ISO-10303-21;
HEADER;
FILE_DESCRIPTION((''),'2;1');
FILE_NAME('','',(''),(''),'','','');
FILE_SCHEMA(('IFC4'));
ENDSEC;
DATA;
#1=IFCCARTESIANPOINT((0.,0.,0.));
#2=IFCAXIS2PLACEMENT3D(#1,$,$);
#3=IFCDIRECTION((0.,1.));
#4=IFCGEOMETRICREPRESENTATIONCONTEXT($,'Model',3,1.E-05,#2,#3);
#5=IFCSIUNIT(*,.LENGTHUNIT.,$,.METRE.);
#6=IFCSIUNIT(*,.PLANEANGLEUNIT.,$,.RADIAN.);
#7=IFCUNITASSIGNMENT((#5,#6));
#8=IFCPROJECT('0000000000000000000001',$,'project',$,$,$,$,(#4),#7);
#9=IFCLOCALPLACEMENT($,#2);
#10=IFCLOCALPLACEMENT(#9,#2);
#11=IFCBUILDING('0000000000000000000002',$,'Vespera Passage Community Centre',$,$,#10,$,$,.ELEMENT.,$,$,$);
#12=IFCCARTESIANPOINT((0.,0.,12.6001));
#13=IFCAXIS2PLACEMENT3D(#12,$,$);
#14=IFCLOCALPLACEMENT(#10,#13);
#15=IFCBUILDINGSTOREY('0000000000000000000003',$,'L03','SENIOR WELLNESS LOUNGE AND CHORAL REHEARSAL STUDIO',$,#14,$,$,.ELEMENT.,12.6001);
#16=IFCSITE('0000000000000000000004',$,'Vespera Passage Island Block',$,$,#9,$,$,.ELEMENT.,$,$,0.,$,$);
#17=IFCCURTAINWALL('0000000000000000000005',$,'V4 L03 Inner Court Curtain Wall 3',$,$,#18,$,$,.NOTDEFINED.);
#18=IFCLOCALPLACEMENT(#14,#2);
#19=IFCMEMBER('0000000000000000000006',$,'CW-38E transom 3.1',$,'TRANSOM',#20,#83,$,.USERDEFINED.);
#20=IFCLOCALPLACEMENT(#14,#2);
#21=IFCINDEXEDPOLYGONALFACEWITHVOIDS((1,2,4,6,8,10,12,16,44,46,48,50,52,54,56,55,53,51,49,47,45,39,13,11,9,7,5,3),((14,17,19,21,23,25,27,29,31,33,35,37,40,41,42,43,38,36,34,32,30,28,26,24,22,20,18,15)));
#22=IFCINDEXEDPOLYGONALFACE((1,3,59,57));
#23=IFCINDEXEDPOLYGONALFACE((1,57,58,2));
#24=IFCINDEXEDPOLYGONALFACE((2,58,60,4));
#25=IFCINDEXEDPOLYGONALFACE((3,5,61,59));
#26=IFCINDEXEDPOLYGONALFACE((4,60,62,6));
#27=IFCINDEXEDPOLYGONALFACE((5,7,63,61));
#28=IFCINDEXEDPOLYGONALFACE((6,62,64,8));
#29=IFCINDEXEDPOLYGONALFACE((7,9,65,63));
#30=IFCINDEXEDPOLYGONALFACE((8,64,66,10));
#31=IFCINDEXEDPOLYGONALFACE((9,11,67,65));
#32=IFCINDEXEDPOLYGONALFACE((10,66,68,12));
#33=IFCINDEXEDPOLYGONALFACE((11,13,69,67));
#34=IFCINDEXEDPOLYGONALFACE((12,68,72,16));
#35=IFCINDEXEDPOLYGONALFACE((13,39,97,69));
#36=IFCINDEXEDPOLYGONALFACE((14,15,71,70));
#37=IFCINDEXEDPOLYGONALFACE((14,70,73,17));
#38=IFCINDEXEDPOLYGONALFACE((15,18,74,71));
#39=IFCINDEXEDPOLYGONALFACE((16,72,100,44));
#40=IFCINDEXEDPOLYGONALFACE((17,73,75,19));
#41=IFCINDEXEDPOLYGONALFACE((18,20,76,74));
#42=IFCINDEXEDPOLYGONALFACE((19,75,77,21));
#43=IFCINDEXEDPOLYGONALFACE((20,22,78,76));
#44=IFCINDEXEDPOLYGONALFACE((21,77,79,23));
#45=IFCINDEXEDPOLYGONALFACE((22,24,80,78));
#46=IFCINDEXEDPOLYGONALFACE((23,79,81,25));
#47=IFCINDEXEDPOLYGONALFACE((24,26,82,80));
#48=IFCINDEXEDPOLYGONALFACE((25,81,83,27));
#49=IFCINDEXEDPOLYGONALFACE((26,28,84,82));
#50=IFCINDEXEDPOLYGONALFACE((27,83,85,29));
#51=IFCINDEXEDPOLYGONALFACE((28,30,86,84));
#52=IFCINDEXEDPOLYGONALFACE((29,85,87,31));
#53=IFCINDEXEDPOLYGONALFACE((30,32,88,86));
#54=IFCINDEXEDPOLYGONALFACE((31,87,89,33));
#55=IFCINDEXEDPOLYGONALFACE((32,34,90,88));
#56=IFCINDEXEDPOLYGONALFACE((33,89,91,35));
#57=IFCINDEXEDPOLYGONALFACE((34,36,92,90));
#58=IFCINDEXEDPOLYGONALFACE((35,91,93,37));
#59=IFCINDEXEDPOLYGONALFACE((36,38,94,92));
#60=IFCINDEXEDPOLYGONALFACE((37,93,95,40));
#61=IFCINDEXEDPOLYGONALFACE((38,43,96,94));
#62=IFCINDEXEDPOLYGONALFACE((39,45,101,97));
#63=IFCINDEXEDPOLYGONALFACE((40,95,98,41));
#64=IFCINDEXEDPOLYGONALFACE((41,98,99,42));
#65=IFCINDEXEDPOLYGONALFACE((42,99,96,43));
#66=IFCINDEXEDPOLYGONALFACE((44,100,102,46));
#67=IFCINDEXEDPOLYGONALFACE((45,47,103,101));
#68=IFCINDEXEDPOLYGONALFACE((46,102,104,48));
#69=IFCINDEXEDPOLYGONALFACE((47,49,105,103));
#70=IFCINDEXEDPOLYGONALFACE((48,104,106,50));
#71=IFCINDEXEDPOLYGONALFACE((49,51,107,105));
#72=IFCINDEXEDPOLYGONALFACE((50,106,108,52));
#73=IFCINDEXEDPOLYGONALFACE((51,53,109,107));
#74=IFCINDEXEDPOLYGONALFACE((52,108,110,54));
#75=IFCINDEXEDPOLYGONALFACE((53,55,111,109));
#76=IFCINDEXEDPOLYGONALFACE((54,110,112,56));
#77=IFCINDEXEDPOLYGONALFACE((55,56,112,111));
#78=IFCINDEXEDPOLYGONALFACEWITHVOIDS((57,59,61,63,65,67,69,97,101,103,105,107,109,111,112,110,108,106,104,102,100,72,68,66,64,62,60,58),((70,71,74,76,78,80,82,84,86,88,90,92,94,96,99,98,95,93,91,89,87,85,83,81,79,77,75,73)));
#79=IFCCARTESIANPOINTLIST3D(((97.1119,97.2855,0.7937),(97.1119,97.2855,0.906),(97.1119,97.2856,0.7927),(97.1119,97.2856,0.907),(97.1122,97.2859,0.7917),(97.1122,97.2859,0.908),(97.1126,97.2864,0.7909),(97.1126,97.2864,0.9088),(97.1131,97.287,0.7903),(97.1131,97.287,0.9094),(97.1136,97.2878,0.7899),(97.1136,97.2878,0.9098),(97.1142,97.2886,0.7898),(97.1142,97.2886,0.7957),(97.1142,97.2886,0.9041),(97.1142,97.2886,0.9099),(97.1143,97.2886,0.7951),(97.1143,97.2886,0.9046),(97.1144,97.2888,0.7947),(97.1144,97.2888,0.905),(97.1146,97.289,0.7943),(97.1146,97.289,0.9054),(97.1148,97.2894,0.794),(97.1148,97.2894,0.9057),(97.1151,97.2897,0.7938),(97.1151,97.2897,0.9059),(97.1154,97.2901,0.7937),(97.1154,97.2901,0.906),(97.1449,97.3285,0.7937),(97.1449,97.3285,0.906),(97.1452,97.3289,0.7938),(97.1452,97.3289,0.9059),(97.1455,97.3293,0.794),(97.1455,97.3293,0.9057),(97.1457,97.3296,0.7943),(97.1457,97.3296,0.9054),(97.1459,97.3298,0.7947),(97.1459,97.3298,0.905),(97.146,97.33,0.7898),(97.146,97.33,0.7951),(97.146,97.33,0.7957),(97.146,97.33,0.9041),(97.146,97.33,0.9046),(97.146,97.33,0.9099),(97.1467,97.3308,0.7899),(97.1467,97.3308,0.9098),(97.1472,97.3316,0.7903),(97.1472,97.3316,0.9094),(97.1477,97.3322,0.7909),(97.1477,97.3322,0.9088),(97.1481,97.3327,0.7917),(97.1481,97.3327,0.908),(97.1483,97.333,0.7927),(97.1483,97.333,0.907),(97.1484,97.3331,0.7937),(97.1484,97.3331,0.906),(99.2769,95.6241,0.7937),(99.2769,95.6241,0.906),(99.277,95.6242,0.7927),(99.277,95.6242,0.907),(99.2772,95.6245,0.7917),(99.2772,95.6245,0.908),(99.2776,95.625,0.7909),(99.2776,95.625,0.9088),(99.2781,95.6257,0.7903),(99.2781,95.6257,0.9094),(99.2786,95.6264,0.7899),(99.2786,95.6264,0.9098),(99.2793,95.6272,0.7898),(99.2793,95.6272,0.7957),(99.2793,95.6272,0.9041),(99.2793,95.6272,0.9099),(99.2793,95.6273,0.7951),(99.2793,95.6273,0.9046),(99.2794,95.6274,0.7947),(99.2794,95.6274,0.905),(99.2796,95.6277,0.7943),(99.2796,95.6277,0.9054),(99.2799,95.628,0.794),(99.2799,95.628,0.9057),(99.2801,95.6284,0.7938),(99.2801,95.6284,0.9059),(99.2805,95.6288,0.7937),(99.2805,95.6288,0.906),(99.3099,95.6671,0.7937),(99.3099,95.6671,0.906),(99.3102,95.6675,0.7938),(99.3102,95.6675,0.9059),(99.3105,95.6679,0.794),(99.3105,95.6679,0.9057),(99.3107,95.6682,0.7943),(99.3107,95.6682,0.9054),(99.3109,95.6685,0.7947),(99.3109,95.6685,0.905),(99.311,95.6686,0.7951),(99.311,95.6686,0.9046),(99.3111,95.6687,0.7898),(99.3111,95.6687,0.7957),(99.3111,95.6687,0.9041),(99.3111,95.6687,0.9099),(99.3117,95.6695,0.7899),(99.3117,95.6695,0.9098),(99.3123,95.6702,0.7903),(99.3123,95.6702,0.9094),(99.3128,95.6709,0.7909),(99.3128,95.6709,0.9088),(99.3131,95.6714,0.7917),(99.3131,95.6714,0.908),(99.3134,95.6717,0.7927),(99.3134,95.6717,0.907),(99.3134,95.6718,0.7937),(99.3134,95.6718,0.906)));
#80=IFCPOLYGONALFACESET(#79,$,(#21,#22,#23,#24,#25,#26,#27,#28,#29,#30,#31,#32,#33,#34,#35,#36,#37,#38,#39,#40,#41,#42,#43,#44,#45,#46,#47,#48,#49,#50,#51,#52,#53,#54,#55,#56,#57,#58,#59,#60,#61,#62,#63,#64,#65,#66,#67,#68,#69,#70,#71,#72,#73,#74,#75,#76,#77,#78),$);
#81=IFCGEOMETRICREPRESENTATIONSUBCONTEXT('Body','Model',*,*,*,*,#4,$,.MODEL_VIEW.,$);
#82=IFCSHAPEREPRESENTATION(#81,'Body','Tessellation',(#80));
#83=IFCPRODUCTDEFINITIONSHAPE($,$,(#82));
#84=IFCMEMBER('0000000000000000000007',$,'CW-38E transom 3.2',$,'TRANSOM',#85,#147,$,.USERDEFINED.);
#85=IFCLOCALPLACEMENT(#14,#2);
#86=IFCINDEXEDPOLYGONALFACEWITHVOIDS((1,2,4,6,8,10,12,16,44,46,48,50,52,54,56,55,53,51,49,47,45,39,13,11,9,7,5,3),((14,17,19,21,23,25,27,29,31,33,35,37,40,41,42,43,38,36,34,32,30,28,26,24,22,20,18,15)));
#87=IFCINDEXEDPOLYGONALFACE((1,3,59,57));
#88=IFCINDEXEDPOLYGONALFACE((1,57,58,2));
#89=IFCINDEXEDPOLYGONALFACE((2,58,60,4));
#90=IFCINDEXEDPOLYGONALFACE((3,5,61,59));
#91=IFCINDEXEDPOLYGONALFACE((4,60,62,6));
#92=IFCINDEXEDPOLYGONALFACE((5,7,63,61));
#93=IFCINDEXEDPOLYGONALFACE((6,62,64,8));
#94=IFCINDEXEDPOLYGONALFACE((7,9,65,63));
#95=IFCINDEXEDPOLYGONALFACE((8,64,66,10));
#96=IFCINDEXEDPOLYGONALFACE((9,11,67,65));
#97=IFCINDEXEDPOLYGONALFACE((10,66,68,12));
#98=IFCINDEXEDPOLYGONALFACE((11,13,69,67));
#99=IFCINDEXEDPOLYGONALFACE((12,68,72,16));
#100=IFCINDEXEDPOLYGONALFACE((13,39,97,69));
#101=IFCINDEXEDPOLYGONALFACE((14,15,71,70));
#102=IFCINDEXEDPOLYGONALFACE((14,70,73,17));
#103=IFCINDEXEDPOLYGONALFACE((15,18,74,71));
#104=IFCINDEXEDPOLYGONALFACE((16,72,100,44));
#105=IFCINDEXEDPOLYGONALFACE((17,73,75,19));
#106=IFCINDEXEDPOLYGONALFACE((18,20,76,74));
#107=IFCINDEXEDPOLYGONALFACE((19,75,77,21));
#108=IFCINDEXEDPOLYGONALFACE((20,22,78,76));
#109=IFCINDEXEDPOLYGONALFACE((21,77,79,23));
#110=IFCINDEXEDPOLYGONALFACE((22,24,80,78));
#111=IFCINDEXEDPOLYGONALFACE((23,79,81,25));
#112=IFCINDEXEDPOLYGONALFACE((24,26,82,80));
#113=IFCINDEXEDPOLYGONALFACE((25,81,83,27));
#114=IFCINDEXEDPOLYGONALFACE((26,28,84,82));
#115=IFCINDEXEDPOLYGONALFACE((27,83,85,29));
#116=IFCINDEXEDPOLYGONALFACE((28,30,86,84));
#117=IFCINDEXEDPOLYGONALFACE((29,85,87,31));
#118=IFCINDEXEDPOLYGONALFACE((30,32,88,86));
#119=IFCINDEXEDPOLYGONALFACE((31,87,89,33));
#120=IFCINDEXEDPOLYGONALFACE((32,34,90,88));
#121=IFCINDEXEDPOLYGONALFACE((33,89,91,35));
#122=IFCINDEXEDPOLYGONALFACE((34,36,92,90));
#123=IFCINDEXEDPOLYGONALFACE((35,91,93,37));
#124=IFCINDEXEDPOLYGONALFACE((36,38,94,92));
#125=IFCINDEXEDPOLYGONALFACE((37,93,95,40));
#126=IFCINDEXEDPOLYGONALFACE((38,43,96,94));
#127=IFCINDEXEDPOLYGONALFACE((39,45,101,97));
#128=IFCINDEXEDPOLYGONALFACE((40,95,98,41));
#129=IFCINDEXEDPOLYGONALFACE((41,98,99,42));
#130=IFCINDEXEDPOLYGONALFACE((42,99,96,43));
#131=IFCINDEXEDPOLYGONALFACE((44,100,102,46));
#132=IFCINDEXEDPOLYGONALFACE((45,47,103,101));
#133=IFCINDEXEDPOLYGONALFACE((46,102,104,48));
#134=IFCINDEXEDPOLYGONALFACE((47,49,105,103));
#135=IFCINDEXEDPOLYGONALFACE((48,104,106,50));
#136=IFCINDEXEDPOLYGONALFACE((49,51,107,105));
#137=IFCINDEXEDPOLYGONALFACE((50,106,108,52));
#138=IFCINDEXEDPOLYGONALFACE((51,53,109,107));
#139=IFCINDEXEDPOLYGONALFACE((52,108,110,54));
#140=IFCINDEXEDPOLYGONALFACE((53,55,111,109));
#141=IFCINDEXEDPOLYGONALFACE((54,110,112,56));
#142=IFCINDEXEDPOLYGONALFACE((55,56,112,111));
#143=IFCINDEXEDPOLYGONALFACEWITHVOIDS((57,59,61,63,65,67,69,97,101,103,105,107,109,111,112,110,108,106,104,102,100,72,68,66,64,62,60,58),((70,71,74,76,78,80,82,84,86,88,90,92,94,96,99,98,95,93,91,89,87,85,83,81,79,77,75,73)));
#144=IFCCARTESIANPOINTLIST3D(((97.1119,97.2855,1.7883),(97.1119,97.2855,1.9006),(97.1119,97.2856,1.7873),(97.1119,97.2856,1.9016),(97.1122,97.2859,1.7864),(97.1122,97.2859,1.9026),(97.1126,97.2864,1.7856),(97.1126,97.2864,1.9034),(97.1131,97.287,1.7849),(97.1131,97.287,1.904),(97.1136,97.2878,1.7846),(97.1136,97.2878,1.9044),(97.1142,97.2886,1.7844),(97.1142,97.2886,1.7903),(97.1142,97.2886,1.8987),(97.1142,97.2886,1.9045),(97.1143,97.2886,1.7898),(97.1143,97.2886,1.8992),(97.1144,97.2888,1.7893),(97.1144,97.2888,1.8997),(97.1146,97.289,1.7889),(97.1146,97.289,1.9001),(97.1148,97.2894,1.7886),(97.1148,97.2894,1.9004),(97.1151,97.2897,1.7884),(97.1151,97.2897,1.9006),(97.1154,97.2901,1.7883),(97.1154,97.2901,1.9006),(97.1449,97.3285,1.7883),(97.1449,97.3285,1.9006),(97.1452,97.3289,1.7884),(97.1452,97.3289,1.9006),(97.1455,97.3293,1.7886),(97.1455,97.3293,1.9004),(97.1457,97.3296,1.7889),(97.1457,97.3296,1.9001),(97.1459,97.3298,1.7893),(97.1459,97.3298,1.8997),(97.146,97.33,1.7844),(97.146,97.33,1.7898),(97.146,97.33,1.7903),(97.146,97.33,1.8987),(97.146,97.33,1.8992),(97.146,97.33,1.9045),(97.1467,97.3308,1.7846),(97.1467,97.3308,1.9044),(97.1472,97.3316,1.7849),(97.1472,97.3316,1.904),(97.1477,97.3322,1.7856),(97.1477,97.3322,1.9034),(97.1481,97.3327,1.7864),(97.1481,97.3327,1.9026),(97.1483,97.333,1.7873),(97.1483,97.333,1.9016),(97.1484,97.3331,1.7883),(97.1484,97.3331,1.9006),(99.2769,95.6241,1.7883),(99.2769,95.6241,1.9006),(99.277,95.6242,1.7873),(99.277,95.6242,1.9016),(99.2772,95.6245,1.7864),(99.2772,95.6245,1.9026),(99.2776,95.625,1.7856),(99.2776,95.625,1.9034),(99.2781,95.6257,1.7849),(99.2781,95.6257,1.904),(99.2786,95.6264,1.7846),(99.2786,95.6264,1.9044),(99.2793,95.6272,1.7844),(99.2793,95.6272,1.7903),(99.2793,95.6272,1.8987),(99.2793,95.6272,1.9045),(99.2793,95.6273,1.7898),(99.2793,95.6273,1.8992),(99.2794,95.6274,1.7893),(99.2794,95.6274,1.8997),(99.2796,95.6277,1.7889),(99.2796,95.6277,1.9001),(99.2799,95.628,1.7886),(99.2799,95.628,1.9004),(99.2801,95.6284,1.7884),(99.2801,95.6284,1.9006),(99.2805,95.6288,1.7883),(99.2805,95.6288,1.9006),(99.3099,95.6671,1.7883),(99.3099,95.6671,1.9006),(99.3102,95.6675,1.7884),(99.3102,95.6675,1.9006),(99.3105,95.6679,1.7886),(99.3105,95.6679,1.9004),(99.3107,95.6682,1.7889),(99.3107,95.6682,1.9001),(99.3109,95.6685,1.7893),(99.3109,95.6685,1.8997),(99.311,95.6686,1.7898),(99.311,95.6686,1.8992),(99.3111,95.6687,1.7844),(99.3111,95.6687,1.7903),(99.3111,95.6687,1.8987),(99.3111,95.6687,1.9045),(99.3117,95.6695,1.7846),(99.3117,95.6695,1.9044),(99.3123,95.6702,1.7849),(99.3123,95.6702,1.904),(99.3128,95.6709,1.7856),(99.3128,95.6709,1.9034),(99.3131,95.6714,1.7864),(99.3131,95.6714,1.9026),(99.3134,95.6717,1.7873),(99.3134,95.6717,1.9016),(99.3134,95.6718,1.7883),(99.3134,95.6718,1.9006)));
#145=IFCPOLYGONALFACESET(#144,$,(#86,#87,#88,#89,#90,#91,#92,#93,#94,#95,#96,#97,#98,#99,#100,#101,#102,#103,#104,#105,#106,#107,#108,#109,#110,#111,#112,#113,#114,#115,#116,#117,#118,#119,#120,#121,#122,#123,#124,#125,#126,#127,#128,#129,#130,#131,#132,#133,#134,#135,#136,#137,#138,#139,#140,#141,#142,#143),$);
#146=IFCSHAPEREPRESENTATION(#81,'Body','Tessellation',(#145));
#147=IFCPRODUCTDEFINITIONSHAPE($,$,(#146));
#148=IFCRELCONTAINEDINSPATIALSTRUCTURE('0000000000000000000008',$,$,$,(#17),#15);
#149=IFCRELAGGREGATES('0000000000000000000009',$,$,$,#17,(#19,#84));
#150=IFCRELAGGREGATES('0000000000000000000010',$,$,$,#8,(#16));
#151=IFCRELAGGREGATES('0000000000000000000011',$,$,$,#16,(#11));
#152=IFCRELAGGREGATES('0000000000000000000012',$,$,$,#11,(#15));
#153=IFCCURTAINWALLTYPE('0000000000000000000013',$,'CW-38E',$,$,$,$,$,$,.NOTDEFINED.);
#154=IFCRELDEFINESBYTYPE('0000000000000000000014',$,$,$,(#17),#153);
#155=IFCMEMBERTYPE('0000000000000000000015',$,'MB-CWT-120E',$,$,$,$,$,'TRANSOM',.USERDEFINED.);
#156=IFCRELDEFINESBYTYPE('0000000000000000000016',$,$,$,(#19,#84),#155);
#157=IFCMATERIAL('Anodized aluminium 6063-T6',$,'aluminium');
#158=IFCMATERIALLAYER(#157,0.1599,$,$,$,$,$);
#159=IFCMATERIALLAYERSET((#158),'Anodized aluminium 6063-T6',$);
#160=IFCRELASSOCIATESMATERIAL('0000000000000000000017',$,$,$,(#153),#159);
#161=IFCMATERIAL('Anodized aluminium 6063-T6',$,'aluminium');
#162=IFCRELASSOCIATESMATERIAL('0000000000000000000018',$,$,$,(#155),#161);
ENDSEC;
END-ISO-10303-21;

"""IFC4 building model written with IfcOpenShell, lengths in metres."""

from ifc_helpers import new_model, si_unit, direction, frame, origin, origin_2d, place, context, subcontext, project, spatial, hollow_rectangle, extrude, material, layer, layer_set, material_profile, profile_set, type_object, element, aggregate, save


model = new_model("IFC4")

# Units and contexts
model_context = context("Model", 3, precision=1e-05, world=origin(), true_north=direction((0.0, 1.0)))
body_context = subcontext(model_context, "Body", "Model", "MODEL_VIEW")
ifc_project = project(units=[si_unit("LENGTHUNIT", "METRE"), si_unit("PLANEANGLEUNIT", "RADIAN")], contexts=[model_context])

# Site, building, storey
site_placement = place(None, origin())
site = spatial("IfcSite", under=ifc_project, at=site_placement, Name="Vespera Passage Island Block", CompositionType="ELEMENT", RefElevation=0.0)
building_placement = place(site_placement, origin())
building = spatial("IfcBuilding", under=site, at=building_placement, Name="Vespera Passage Community Centre", CompositionType="ELEMENT")
storey_placement = place(building_placement, frame((0.0, 0.0, 12.6001)))
storey = spatial("IfcBuildingStorey", under=building, at=storey_placement, Name="L03", Description="SENIOR WELLNESS LOUNGE AND CHORAL REHEARSAL STUDIO", CompositionType="ELEMENT", Elevation=12.6001)

# Curtain wall, members
ifc_material_1 = material(Name="Anodized aluminium 6063-T6", Category="aluminium")
ifc_layer_1 = layer(ifc_material_1, 0.1599)
ifc_layer_set_1 = layer_set([ifc_layer_1], Name="Anodized aluminium 6063-T6")
curtain_wall_type = type_object("IfcCurtainWallType", Name="CW-38E", PredefinedType="NOTDEFINED", material=ifc_layer_set_1)
curtain_wall_placement = place(storey_placement, origin())
curtain_wall = element("IfcCurtainWall", 1, at=curtain_wall_placement, inside=storey, type_object=curtain_wall_type, Name="V4 L03 Inner Court Curtain Wall 3", PredefinedType="NOTDEFINED")
ifc_material_2 = material(Name="Anodized aluminium 6063-T6", Category="aluminium")
ifc_material_profile_1 = material_profile(ifc_material_2, hollow_rectangle(XDim=0.0601, YDim=0.1201, WallThickness=0.0039, InnerFilletRadius=0.002, OuterFilletRadius=0.0039, at=origin_2d()), Name="ALU120X60X4")
ifc_profile_set_1 = profile_set([ifc_material_profile_1], Name="Anodized aluminium 6063-T6")
member_type_1 = type_object("IfcMemberType", Name="MB-CWT-120E", ElementType="TRANSOM", PredefinedType="USERDEFINED", material=ifc_profile_set_1)
member_1_placement = place(storey_placement, frame((99.2952, 95.6479, 0.8499), z_axis=(-0.793338, 0.608781, 0.0), x_axis=(-0.608781, -0.793338, 0.0)))
member_1 = element("IfcMember", 2, at=member_1_placement, type_object=member_type_1, Name="CW-38E transom 3.1", ObjectType="TRANSOM", PredefinedType="USERDEFINED", context=body_context, shape_type="SweptSolid", body=[
    extrude(hollow_rectangle(XDim=0.0601, YDim=0.1201, WallThickness=0.0039, InnerFilletRadius=0.002, OuterFilletRadius=0.0039, at=origin_2d()), origin(), (0.0, 0.0, 1.0), 2.729),
])
member_2_placement = place(storey_placement, frame((99.2952, 95.6479, 1.8445), z_axis=(-0.793338, 0.608781, 0.0), x_axis=(-0.608781, -0.793338, 0.0)))
member_2 = element("IfcMember", 3, at=member_2_placement, type_object=member_type_1, Name="CW-38E transom 3.2", ObjectType="TRANSOM", PredefinedType="USERDEFINED", context=body_context, shape_type="SweptSolid", body=[
    extrude(hollow_rectangle(XDim=0.0601, YDim=0.1201, WallThickness=0.0039, InnerFilletRadius=0.002, OuterFilletRadius=0.0039, at=origin_2d()), origin(), (0.0, 0.0, 1.0), 2.729),
])
aggregate(curtain_wall, [member_1, member_2])

save(model, "model.ifc")
